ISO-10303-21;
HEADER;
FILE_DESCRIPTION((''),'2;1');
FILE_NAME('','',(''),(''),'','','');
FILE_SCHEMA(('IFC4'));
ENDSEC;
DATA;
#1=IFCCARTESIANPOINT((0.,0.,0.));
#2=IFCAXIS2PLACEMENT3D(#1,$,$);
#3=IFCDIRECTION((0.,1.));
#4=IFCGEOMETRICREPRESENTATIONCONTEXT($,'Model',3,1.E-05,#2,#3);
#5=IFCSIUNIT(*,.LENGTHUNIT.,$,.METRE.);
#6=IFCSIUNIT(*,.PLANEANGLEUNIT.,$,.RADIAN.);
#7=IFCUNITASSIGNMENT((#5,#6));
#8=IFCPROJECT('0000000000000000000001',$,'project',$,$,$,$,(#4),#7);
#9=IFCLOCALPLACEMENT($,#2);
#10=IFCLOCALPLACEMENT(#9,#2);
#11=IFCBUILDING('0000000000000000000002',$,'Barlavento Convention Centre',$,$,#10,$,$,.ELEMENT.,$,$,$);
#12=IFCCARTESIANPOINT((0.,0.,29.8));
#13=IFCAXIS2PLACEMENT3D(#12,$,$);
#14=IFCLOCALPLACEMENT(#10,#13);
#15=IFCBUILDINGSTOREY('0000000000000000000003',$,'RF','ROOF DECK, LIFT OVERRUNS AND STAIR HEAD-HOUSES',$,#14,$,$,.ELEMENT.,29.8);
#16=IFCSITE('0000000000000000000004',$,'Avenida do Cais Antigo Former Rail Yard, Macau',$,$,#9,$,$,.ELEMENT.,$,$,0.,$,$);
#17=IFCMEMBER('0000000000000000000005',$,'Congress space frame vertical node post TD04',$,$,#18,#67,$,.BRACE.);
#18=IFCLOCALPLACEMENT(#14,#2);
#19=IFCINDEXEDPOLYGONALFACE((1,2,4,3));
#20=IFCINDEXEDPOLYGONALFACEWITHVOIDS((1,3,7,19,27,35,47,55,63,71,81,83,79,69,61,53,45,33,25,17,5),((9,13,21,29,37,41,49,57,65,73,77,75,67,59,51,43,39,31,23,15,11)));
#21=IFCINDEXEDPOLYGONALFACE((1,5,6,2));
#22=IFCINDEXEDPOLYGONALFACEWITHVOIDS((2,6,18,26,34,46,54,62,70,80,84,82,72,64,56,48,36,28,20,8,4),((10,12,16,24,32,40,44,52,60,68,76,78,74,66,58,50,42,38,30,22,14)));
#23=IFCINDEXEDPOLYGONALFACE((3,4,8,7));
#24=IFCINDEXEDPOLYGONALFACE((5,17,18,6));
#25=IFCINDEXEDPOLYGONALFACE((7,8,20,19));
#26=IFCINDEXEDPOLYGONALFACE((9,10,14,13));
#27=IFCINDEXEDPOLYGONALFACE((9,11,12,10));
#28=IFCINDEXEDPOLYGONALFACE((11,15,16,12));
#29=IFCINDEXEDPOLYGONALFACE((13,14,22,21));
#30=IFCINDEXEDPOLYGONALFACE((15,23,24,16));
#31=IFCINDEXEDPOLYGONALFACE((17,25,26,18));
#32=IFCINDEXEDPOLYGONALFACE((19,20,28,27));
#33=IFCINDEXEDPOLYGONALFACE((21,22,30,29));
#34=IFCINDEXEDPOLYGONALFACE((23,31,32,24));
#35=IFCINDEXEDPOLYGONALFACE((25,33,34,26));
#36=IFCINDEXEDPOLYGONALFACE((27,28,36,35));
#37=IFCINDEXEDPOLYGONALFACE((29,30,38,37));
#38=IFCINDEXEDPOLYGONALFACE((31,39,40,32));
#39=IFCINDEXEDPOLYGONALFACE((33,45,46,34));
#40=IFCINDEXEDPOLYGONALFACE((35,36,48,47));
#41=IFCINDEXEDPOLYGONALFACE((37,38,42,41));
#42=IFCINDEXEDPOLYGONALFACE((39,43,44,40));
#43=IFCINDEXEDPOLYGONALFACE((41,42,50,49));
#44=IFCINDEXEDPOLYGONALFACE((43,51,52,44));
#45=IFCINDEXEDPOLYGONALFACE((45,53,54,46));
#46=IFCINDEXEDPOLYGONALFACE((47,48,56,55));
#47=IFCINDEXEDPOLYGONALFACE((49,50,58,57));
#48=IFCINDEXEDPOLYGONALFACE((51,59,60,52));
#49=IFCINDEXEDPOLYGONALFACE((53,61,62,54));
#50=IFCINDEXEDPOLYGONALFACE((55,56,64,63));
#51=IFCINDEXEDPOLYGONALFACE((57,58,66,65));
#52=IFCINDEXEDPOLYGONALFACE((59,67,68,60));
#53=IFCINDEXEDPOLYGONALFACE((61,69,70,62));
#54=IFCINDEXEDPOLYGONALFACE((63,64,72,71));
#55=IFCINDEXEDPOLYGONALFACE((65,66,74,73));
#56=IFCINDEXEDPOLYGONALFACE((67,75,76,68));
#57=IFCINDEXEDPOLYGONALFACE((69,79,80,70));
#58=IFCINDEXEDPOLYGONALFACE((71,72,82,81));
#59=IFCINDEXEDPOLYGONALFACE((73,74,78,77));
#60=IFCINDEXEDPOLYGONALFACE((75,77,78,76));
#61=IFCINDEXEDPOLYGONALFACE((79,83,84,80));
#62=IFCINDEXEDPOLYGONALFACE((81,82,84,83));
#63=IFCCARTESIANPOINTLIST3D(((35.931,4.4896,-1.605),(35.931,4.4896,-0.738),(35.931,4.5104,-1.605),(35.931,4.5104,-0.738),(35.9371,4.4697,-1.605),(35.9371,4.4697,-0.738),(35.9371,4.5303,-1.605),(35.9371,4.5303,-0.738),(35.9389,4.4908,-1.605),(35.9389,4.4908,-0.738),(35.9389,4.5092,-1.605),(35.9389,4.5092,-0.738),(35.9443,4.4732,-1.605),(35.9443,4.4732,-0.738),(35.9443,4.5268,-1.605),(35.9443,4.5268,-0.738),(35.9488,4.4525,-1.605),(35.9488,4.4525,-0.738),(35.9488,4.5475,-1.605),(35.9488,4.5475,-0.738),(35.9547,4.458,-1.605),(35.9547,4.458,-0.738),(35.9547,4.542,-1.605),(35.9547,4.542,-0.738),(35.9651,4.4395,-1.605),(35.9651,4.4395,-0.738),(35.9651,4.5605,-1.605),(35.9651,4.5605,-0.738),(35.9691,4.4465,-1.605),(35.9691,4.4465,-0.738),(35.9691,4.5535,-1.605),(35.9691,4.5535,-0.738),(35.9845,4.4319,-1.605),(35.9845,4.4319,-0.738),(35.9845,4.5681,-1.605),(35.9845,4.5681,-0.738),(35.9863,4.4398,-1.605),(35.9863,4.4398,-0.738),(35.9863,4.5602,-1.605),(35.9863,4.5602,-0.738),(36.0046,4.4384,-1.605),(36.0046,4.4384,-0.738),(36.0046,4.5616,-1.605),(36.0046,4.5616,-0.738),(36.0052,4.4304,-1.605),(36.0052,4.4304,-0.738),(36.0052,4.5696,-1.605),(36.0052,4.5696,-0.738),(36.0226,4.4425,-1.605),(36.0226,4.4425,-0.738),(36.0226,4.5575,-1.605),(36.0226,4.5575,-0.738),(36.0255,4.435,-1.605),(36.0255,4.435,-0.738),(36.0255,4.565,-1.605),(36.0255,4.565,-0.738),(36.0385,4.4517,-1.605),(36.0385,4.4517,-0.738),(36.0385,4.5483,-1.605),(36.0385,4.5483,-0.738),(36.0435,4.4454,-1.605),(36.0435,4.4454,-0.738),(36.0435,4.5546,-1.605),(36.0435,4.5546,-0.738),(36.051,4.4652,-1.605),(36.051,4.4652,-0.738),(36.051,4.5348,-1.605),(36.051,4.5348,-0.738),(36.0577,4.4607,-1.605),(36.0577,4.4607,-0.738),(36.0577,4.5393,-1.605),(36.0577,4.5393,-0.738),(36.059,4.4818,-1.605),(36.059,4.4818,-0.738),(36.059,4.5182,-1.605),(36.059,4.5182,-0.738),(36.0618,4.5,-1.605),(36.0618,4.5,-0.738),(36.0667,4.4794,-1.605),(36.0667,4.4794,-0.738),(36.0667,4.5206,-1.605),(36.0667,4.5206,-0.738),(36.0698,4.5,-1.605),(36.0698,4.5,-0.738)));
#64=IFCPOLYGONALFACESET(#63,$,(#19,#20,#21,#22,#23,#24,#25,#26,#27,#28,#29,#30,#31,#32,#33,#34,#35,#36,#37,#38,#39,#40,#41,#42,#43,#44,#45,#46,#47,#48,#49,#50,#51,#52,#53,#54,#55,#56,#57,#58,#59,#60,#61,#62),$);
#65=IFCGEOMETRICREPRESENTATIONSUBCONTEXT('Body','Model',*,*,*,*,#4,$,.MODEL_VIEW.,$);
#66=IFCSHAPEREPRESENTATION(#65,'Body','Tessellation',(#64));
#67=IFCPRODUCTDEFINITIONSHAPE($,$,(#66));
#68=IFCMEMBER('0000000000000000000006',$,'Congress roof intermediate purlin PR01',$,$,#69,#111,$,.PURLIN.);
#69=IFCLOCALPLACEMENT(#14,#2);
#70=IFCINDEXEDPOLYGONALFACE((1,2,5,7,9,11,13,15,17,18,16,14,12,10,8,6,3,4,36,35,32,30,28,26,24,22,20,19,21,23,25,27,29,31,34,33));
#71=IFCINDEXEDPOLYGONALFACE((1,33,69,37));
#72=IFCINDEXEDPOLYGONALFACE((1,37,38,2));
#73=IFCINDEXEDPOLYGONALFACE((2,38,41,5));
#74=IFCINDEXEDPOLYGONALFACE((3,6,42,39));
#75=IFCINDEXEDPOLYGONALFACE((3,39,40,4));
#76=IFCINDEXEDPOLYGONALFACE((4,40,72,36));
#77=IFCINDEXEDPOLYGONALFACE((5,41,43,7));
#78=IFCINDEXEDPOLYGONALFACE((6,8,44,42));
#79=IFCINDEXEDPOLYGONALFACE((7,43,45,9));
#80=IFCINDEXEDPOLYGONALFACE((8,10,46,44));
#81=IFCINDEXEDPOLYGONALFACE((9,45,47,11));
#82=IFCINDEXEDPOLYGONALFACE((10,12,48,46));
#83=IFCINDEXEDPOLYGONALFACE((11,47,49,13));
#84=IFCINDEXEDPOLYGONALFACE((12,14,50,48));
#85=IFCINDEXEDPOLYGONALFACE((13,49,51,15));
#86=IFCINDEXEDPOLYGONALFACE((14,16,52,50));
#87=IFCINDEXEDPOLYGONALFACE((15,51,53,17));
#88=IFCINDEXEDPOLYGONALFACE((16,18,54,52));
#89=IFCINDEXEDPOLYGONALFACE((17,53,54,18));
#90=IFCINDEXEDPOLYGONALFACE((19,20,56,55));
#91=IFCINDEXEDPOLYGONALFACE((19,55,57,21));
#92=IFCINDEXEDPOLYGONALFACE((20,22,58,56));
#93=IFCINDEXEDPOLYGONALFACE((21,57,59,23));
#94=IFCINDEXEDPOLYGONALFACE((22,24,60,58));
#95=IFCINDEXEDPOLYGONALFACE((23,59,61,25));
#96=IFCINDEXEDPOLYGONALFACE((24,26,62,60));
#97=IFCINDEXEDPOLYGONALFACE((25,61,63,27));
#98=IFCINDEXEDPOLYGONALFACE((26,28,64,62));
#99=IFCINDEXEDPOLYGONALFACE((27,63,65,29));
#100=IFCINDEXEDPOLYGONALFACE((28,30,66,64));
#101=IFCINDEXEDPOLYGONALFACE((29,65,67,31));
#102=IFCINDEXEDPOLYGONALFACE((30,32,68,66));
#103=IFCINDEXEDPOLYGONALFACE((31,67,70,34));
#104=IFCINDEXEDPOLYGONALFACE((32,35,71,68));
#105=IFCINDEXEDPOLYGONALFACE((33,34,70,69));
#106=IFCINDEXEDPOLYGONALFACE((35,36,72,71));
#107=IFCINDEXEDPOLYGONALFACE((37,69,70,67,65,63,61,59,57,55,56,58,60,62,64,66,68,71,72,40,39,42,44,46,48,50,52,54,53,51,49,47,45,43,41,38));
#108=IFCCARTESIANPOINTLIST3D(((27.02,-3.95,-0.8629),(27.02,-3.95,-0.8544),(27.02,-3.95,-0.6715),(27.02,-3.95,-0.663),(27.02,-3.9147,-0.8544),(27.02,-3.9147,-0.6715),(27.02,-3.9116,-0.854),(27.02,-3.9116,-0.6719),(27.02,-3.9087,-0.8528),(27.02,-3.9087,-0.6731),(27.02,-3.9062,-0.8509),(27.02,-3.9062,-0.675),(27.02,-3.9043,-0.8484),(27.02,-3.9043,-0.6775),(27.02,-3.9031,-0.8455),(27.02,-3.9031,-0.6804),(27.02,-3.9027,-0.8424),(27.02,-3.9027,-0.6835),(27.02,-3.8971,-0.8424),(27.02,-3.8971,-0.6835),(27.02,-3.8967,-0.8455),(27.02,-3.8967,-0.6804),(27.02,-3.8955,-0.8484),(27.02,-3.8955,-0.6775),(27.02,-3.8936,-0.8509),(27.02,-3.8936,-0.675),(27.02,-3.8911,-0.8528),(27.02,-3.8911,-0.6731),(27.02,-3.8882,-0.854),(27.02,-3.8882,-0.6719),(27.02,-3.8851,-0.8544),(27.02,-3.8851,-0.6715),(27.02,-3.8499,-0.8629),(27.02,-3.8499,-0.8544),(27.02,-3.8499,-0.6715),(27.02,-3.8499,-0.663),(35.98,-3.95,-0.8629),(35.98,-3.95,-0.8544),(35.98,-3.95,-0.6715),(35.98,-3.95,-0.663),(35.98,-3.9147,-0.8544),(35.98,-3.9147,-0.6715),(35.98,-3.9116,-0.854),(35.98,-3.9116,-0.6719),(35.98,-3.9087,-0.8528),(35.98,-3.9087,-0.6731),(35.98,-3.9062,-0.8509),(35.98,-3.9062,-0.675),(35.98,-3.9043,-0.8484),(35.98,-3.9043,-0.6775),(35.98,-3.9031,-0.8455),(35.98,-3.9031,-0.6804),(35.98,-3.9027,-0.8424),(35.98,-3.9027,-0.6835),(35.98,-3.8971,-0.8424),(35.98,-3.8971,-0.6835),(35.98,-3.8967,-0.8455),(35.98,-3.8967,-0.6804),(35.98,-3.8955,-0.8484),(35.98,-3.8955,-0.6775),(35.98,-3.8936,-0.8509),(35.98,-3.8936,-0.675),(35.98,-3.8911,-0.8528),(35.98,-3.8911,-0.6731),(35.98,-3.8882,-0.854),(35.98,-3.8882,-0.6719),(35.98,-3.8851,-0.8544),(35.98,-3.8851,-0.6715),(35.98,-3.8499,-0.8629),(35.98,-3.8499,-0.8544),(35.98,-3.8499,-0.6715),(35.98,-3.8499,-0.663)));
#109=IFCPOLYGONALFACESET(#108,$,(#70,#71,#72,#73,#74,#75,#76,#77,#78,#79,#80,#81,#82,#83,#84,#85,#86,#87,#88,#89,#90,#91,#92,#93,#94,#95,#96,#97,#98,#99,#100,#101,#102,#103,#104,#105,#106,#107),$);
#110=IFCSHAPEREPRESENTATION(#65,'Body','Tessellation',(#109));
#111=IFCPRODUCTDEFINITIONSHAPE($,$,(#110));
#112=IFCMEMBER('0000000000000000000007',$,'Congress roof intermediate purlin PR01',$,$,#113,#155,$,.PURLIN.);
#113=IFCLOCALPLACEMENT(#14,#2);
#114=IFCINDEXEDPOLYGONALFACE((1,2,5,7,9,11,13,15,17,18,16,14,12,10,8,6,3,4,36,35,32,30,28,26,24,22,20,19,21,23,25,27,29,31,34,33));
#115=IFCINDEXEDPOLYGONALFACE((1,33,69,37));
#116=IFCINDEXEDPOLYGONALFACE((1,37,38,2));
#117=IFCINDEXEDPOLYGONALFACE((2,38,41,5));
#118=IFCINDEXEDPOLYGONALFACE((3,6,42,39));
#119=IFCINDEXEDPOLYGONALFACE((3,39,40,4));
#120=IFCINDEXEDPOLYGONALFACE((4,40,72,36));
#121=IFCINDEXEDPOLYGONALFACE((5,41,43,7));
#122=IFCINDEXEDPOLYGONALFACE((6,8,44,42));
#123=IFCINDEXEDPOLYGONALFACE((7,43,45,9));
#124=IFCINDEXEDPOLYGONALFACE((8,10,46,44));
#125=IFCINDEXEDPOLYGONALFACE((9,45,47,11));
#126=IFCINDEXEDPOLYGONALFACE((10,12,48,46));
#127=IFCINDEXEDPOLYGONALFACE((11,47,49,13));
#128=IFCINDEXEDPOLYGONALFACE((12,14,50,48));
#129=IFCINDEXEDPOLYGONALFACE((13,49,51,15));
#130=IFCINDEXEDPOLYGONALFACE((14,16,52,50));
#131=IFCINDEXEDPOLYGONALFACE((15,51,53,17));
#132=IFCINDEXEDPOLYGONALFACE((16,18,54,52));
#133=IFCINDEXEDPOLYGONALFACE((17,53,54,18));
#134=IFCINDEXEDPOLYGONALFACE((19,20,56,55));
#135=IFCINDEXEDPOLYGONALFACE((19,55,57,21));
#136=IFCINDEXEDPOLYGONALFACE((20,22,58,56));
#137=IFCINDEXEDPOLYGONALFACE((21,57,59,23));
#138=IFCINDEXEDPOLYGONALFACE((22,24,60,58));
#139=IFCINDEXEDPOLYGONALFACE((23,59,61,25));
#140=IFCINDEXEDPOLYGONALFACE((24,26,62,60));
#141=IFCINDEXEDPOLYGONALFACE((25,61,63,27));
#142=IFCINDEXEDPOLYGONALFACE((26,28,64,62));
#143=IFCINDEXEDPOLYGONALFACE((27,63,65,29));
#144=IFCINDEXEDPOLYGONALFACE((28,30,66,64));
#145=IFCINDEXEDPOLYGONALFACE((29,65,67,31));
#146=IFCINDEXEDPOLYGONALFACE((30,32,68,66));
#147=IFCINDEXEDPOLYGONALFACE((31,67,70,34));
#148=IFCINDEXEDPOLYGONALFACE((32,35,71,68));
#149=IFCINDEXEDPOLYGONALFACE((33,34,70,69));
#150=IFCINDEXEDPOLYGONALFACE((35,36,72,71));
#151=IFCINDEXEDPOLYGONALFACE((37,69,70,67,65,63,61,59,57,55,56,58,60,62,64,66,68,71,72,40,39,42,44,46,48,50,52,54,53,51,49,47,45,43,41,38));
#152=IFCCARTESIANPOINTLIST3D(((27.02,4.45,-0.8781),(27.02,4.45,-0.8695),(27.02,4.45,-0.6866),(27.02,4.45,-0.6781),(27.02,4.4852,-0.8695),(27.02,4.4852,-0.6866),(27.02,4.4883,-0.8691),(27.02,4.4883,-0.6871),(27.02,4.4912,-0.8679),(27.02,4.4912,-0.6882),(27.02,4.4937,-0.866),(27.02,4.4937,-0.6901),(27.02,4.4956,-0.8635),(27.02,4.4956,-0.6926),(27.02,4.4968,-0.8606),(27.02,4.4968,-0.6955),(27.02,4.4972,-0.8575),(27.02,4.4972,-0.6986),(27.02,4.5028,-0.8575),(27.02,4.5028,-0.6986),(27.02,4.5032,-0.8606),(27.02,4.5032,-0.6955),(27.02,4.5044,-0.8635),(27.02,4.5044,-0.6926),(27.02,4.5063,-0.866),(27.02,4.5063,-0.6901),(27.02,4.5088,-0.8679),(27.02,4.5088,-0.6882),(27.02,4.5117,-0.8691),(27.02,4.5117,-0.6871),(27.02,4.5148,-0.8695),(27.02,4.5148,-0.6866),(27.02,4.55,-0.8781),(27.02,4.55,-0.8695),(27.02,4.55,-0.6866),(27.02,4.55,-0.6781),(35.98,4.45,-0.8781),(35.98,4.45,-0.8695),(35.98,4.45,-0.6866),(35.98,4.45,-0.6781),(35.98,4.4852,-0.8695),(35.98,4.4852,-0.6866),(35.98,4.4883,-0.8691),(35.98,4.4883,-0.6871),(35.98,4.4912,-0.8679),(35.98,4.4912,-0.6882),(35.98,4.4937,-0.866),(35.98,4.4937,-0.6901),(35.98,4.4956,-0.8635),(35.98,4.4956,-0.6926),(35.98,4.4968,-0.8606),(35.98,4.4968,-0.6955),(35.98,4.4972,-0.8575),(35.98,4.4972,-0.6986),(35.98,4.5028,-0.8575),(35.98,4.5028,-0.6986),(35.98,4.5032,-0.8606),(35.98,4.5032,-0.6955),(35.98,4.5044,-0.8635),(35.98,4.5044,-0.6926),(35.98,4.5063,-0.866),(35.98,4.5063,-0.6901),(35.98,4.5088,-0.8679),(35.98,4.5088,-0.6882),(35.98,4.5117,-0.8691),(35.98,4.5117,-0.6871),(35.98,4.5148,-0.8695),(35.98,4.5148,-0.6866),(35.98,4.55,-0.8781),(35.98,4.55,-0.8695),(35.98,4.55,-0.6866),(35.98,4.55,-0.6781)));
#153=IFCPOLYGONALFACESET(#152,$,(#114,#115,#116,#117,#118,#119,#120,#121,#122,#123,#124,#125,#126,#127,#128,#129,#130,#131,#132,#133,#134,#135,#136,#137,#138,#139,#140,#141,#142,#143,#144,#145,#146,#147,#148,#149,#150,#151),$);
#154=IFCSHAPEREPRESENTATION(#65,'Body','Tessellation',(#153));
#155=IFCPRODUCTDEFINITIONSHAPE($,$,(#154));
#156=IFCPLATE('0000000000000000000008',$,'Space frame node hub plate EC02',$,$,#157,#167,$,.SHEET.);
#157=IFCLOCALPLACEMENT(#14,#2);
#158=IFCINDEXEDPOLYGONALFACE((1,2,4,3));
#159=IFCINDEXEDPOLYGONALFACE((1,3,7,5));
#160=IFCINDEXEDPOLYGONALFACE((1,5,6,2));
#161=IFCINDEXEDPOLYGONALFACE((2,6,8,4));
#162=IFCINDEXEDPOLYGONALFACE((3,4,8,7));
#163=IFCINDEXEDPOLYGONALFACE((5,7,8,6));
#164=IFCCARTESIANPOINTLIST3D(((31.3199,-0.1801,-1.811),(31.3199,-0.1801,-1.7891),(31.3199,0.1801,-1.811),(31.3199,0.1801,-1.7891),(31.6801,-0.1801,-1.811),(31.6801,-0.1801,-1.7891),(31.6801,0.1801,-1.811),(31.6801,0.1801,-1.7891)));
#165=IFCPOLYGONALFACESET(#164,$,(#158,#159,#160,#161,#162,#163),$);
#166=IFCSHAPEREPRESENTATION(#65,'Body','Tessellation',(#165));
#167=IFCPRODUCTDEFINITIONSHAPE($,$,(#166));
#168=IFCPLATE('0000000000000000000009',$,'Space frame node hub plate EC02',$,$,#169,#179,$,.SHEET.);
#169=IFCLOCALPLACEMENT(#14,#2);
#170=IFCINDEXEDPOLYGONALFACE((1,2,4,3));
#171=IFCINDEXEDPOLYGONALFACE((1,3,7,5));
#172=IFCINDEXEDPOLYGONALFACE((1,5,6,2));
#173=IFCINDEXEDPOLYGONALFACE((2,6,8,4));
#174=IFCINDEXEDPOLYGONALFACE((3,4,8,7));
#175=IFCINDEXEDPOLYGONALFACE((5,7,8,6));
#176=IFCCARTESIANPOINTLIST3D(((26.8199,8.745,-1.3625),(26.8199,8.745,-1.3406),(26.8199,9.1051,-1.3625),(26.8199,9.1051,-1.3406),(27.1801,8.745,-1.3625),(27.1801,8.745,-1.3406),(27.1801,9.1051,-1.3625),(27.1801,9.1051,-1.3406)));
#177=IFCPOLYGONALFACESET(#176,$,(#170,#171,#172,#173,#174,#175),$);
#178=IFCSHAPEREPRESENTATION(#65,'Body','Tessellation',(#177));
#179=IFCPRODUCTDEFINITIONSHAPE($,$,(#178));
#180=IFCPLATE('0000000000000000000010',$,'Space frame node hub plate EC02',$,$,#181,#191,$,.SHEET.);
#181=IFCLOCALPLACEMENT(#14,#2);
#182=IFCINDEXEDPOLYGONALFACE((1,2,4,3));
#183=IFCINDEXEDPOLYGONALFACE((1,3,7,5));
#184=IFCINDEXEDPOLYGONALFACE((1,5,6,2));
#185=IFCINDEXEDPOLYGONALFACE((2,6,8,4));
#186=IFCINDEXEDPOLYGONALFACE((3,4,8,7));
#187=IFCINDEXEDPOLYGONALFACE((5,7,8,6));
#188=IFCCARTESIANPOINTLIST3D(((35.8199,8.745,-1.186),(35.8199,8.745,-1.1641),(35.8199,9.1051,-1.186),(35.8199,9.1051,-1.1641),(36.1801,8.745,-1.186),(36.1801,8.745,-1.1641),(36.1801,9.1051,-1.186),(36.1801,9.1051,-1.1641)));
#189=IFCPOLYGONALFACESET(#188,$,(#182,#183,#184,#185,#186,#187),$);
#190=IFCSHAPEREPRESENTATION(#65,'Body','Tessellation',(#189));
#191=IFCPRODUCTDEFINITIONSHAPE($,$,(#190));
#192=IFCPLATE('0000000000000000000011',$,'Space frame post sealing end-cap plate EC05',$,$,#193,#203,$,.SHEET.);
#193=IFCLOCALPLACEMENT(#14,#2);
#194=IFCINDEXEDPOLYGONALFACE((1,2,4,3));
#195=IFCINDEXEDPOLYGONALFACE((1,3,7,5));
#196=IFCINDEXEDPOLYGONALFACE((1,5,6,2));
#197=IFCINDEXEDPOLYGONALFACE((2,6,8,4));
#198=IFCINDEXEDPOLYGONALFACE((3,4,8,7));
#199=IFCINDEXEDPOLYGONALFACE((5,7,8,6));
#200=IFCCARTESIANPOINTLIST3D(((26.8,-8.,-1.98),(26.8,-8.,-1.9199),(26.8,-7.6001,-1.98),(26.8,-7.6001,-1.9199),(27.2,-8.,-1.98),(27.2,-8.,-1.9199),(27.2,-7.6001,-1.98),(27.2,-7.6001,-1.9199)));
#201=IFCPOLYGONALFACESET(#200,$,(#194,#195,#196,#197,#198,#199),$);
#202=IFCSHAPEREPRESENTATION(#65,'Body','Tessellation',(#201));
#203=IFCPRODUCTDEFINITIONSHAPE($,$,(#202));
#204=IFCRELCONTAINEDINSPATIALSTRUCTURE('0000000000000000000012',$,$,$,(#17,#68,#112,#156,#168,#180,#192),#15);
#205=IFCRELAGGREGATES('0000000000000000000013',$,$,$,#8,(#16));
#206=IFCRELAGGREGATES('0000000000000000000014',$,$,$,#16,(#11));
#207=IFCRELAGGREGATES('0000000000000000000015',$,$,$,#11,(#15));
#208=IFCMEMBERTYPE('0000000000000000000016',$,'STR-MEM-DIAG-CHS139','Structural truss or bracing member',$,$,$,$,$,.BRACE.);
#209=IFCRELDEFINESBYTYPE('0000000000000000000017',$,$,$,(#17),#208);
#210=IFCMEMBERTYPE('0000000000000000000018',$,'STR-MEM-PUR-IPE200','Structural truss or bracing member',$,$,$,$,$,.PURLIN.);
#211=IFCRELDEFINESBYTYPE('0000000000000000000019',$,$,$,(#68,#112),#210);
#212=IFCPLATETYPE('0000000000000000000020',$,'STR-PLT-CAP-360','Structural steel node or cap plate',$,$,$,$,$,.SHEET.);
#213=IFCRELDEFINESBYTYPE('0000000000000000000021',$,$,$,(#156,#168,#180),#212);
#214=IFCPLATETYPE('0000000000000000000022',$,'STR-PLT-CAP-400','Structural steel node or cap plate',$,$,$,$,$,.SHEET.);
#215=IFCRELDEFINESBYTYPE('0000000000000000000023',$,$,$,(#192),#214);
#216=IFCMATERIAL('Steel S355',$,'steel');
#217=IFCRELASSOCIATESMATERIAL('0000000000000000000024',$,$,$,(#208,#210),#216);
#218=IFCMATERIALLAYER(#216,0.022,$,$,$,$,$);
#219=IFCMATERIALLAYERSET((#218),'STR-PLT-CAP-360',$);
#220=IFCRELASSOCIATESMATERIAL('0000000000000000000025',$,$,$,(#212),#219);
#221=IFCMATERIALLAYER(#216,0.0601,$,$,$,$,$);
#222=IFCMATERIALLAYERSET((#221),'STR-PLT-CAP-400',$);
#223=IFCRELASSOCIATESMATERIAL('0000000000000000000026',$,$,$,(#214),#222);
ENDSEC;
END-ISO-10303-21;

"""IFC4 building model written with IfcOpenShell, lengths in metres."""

from ifc_helpers import new_model, si_unit, direction, frame, origin, origin_2d, place, context, subcontext, project, spatial, rectangle, hollow_circle, i_section, extrude, material, layer, layer_set, material_profile, profile_set, type_object, element, save


model = new_model("IFC4")

# Units and contexts
model_context = context("Model", 3, precision=1e-05, world=origin(), true_north=direction((0.0, 1.0)))
body_context = subcontext(model_context, "Body", "Model", "MODEL_VIEW")
ifc_project = project(units=[si_unit("LENGTHUNIT", "METRE"), si_unit("PLANEANGLEUNIT", "RADIAN")], contexts=[model_context])

# Site, building, storey
site_placement = place(None, origin())
site = spatial("IfcSite", under=ifc_project, at=site_placement, Name="Avenida do Cais Antigo Former Rail Yard, Macau", CompositionType="ELEMENT", RefElevation=0.0)
building_placement = place(site_placement, origin())
building = spatial("IfcBuilding", under=site, at=building_placement, Name="Barlavento Convention Centre", CompositionType="ELEMENT")
storey_placement = place(building_placement, frame((0.0, 0.0, 29.8)))
storey = spatial("IfcBuildingStorey", under=building, at=storey_placement, Name="RF", Description="ROOF DECK, LIFT OVERRUNS AND STAIR HEAD-HOUSES", CompositionType="ELEMENT", Elevation=29.8)

# Shared definitions
ifc_material_1 = material(Name="Steel S355", Category="steel")

# Members
ifc_material_profile_1 = material_profile(ifc_material_1, hollow_circle(Radius=0.0698, WallThickness=0.0081, at=origin_2d()), Name="CHS 139.7x8.0")
ifc_profile_set_1 = profile_set([ifc_material_profile_1], Name="Steel S355")
member_type_1 = type_object("IfcMemberType", Name="STR-MEM-DIAG-CHS139", Description="Structural truss or bracing member", PredefinedType="BRACE", material=ifc_profile_set_1)
member_1_placement = place(storey_placement, frame((36.0, 4.5, -1.605), z_axis=(0.0, 0.0, 1.0), x_axis=(1.0, 0.0, 0.0)))
element("IfcMember", 1, at=member_1_placement, inside=storey, type_object=member_type_1, Name="Congress space frame vertical node post TD04", PredefinedType="BRACE", context=body_context, shape_type="SweptSolid", body=[
    extrude(hollow_circle(Radius=0.0698, WallThickness=0.0081, at=origin_2d()), origin(), (0.0, 0.0, 1.0), 0.8669),
])
ifc_material_profile_2 = material_profile(ifc_material_1, i_section(OverallWidth=0.1001, OverallDepth=0.2, WebThickness=0.0056, FlangeThickness=0.0085, FilletRadius=0.012, at=origin_2d()), Name="IPE 200")
ifc_profile_set_2 = profile_set([ifc_material_profile_2], Name="Steel S355")
member_type_2 = type_object("IfcMemberType", Name="STR-MEM-PUR-IPE200", Description="Structural truss or bracing member", PredefinedType="PURLIN", material=ifc_profile_set_2)
for number, where, z_axis, x_axis, name in (
    (2, (27.02, -3.8999, -0.7629), (1.0, 0.0, 0.0), (0.0, 1.0, 0.0), "Congress roof intermediate purlin PR01"),
    (3, (27.02, 4.5, -0.7781), (1.0, 0.0, 0.0), (0.0, 1.0, 0.0), "Congress roof intermediate purlin PR01"),
):
    element("IfcMember", number, at=place(storey_placement, frame(where, z_axis=z_axis, x_axis=x_axis)), inside=storey, type_object=member_type_2, Name=name, PredefinedType="PURLIN", context=body_context, shape_type="SweptSolid", body=[
        extrude(i_section(OverallWidth=0.1001, OverallDepth=0.2, WebThickness=0.0056, FlangeThickness=0.0085, FilletRadius=0.012, at=origin_2d()), origin(), (0.0, 0.0, 1.0), 8.96),
    ])

# Plates
ifc_layer_1 = layer(ifc_material_1, 0.022)
ifc_layer_set_1 = layer_set([ifc_layer_1], Name="STR-PLT-CAP-360")
plate_type_1 = type_object("IfcPlateType", Name="STR-PLT-CAP-360", Description="Structural steel node or cap plate", PredefinedType="SHEET", material=ifc_layer_set_1)
for number, where, z_axis, x_axis, name in (
    (4, (31.5, 0.0, -1.811), (0.0, 0.0, 1.0), (1.0, 0.0, 0.0), "Space frame node hub plate EC02"),
    (5, (27.0, 8.925, -1.3625), (0.0, 0.0, 1.0), (1.0, 0.0, 0.0), "Space frame node hub plate EC02"),
    (6, (36.0, 8.925, -1.186), (0.0, 0.0, 1.0), (1.0, 0.0, 0.0), "Space frame node hub plate EC02"),
):
    element("IfcPlate", number, at=place(storey_placement, frame(where, z_axis=z_axis, x_axis=x_axis)), inside=storey, type_object=plate_type_1, Name=name, PredefinedType="SHEET", context=body_context, shape_type="SweptSolid", body=[
        extrude(rectangle(XDim=0.3601, YDim=0.3601, at=origin_2d()), origin(), (0.0, 0.0, 1.0), 0.022),
    ])
ifc_layer_2 = layer(ifc_material_1, 0.0601)
ifc_layer_set_2 = layer_set([ifc_layer_2], Name="STR-PLT-CAP-400")
plate_type_2 = type_object("IfcPlateType", Name="STR-PLT-CAP-400", Description="Structural steel node or cap plate", PredefinedType="SHEET", material=ifc_layer_set_2)
for number, where, z_axis, x_axis, name in (
    (7, (27.0, -7.8, -1.98), (0.0, 0.0, 1.0), (1.0, 0.0, 0.0), "Space frame post sealing end-cap plate EC05"),
):
    element("IfcPlate", number, at=place(storey_placement, frame(where, z_axis=z_axis, x_axis=x_axis)), inside=storey, type_object=plate_type_2, Name=name, PredefinedType="SHEET", context=body_context, shape_type="SweptSolid", body=[
        extrude(rectangle(XDim=0.3999, YDim=0.3999, at=origin_2d()), origin(), (0.0, 0.0, 1.0), 0.0601),
    ])

save(model, "model.ifc")
